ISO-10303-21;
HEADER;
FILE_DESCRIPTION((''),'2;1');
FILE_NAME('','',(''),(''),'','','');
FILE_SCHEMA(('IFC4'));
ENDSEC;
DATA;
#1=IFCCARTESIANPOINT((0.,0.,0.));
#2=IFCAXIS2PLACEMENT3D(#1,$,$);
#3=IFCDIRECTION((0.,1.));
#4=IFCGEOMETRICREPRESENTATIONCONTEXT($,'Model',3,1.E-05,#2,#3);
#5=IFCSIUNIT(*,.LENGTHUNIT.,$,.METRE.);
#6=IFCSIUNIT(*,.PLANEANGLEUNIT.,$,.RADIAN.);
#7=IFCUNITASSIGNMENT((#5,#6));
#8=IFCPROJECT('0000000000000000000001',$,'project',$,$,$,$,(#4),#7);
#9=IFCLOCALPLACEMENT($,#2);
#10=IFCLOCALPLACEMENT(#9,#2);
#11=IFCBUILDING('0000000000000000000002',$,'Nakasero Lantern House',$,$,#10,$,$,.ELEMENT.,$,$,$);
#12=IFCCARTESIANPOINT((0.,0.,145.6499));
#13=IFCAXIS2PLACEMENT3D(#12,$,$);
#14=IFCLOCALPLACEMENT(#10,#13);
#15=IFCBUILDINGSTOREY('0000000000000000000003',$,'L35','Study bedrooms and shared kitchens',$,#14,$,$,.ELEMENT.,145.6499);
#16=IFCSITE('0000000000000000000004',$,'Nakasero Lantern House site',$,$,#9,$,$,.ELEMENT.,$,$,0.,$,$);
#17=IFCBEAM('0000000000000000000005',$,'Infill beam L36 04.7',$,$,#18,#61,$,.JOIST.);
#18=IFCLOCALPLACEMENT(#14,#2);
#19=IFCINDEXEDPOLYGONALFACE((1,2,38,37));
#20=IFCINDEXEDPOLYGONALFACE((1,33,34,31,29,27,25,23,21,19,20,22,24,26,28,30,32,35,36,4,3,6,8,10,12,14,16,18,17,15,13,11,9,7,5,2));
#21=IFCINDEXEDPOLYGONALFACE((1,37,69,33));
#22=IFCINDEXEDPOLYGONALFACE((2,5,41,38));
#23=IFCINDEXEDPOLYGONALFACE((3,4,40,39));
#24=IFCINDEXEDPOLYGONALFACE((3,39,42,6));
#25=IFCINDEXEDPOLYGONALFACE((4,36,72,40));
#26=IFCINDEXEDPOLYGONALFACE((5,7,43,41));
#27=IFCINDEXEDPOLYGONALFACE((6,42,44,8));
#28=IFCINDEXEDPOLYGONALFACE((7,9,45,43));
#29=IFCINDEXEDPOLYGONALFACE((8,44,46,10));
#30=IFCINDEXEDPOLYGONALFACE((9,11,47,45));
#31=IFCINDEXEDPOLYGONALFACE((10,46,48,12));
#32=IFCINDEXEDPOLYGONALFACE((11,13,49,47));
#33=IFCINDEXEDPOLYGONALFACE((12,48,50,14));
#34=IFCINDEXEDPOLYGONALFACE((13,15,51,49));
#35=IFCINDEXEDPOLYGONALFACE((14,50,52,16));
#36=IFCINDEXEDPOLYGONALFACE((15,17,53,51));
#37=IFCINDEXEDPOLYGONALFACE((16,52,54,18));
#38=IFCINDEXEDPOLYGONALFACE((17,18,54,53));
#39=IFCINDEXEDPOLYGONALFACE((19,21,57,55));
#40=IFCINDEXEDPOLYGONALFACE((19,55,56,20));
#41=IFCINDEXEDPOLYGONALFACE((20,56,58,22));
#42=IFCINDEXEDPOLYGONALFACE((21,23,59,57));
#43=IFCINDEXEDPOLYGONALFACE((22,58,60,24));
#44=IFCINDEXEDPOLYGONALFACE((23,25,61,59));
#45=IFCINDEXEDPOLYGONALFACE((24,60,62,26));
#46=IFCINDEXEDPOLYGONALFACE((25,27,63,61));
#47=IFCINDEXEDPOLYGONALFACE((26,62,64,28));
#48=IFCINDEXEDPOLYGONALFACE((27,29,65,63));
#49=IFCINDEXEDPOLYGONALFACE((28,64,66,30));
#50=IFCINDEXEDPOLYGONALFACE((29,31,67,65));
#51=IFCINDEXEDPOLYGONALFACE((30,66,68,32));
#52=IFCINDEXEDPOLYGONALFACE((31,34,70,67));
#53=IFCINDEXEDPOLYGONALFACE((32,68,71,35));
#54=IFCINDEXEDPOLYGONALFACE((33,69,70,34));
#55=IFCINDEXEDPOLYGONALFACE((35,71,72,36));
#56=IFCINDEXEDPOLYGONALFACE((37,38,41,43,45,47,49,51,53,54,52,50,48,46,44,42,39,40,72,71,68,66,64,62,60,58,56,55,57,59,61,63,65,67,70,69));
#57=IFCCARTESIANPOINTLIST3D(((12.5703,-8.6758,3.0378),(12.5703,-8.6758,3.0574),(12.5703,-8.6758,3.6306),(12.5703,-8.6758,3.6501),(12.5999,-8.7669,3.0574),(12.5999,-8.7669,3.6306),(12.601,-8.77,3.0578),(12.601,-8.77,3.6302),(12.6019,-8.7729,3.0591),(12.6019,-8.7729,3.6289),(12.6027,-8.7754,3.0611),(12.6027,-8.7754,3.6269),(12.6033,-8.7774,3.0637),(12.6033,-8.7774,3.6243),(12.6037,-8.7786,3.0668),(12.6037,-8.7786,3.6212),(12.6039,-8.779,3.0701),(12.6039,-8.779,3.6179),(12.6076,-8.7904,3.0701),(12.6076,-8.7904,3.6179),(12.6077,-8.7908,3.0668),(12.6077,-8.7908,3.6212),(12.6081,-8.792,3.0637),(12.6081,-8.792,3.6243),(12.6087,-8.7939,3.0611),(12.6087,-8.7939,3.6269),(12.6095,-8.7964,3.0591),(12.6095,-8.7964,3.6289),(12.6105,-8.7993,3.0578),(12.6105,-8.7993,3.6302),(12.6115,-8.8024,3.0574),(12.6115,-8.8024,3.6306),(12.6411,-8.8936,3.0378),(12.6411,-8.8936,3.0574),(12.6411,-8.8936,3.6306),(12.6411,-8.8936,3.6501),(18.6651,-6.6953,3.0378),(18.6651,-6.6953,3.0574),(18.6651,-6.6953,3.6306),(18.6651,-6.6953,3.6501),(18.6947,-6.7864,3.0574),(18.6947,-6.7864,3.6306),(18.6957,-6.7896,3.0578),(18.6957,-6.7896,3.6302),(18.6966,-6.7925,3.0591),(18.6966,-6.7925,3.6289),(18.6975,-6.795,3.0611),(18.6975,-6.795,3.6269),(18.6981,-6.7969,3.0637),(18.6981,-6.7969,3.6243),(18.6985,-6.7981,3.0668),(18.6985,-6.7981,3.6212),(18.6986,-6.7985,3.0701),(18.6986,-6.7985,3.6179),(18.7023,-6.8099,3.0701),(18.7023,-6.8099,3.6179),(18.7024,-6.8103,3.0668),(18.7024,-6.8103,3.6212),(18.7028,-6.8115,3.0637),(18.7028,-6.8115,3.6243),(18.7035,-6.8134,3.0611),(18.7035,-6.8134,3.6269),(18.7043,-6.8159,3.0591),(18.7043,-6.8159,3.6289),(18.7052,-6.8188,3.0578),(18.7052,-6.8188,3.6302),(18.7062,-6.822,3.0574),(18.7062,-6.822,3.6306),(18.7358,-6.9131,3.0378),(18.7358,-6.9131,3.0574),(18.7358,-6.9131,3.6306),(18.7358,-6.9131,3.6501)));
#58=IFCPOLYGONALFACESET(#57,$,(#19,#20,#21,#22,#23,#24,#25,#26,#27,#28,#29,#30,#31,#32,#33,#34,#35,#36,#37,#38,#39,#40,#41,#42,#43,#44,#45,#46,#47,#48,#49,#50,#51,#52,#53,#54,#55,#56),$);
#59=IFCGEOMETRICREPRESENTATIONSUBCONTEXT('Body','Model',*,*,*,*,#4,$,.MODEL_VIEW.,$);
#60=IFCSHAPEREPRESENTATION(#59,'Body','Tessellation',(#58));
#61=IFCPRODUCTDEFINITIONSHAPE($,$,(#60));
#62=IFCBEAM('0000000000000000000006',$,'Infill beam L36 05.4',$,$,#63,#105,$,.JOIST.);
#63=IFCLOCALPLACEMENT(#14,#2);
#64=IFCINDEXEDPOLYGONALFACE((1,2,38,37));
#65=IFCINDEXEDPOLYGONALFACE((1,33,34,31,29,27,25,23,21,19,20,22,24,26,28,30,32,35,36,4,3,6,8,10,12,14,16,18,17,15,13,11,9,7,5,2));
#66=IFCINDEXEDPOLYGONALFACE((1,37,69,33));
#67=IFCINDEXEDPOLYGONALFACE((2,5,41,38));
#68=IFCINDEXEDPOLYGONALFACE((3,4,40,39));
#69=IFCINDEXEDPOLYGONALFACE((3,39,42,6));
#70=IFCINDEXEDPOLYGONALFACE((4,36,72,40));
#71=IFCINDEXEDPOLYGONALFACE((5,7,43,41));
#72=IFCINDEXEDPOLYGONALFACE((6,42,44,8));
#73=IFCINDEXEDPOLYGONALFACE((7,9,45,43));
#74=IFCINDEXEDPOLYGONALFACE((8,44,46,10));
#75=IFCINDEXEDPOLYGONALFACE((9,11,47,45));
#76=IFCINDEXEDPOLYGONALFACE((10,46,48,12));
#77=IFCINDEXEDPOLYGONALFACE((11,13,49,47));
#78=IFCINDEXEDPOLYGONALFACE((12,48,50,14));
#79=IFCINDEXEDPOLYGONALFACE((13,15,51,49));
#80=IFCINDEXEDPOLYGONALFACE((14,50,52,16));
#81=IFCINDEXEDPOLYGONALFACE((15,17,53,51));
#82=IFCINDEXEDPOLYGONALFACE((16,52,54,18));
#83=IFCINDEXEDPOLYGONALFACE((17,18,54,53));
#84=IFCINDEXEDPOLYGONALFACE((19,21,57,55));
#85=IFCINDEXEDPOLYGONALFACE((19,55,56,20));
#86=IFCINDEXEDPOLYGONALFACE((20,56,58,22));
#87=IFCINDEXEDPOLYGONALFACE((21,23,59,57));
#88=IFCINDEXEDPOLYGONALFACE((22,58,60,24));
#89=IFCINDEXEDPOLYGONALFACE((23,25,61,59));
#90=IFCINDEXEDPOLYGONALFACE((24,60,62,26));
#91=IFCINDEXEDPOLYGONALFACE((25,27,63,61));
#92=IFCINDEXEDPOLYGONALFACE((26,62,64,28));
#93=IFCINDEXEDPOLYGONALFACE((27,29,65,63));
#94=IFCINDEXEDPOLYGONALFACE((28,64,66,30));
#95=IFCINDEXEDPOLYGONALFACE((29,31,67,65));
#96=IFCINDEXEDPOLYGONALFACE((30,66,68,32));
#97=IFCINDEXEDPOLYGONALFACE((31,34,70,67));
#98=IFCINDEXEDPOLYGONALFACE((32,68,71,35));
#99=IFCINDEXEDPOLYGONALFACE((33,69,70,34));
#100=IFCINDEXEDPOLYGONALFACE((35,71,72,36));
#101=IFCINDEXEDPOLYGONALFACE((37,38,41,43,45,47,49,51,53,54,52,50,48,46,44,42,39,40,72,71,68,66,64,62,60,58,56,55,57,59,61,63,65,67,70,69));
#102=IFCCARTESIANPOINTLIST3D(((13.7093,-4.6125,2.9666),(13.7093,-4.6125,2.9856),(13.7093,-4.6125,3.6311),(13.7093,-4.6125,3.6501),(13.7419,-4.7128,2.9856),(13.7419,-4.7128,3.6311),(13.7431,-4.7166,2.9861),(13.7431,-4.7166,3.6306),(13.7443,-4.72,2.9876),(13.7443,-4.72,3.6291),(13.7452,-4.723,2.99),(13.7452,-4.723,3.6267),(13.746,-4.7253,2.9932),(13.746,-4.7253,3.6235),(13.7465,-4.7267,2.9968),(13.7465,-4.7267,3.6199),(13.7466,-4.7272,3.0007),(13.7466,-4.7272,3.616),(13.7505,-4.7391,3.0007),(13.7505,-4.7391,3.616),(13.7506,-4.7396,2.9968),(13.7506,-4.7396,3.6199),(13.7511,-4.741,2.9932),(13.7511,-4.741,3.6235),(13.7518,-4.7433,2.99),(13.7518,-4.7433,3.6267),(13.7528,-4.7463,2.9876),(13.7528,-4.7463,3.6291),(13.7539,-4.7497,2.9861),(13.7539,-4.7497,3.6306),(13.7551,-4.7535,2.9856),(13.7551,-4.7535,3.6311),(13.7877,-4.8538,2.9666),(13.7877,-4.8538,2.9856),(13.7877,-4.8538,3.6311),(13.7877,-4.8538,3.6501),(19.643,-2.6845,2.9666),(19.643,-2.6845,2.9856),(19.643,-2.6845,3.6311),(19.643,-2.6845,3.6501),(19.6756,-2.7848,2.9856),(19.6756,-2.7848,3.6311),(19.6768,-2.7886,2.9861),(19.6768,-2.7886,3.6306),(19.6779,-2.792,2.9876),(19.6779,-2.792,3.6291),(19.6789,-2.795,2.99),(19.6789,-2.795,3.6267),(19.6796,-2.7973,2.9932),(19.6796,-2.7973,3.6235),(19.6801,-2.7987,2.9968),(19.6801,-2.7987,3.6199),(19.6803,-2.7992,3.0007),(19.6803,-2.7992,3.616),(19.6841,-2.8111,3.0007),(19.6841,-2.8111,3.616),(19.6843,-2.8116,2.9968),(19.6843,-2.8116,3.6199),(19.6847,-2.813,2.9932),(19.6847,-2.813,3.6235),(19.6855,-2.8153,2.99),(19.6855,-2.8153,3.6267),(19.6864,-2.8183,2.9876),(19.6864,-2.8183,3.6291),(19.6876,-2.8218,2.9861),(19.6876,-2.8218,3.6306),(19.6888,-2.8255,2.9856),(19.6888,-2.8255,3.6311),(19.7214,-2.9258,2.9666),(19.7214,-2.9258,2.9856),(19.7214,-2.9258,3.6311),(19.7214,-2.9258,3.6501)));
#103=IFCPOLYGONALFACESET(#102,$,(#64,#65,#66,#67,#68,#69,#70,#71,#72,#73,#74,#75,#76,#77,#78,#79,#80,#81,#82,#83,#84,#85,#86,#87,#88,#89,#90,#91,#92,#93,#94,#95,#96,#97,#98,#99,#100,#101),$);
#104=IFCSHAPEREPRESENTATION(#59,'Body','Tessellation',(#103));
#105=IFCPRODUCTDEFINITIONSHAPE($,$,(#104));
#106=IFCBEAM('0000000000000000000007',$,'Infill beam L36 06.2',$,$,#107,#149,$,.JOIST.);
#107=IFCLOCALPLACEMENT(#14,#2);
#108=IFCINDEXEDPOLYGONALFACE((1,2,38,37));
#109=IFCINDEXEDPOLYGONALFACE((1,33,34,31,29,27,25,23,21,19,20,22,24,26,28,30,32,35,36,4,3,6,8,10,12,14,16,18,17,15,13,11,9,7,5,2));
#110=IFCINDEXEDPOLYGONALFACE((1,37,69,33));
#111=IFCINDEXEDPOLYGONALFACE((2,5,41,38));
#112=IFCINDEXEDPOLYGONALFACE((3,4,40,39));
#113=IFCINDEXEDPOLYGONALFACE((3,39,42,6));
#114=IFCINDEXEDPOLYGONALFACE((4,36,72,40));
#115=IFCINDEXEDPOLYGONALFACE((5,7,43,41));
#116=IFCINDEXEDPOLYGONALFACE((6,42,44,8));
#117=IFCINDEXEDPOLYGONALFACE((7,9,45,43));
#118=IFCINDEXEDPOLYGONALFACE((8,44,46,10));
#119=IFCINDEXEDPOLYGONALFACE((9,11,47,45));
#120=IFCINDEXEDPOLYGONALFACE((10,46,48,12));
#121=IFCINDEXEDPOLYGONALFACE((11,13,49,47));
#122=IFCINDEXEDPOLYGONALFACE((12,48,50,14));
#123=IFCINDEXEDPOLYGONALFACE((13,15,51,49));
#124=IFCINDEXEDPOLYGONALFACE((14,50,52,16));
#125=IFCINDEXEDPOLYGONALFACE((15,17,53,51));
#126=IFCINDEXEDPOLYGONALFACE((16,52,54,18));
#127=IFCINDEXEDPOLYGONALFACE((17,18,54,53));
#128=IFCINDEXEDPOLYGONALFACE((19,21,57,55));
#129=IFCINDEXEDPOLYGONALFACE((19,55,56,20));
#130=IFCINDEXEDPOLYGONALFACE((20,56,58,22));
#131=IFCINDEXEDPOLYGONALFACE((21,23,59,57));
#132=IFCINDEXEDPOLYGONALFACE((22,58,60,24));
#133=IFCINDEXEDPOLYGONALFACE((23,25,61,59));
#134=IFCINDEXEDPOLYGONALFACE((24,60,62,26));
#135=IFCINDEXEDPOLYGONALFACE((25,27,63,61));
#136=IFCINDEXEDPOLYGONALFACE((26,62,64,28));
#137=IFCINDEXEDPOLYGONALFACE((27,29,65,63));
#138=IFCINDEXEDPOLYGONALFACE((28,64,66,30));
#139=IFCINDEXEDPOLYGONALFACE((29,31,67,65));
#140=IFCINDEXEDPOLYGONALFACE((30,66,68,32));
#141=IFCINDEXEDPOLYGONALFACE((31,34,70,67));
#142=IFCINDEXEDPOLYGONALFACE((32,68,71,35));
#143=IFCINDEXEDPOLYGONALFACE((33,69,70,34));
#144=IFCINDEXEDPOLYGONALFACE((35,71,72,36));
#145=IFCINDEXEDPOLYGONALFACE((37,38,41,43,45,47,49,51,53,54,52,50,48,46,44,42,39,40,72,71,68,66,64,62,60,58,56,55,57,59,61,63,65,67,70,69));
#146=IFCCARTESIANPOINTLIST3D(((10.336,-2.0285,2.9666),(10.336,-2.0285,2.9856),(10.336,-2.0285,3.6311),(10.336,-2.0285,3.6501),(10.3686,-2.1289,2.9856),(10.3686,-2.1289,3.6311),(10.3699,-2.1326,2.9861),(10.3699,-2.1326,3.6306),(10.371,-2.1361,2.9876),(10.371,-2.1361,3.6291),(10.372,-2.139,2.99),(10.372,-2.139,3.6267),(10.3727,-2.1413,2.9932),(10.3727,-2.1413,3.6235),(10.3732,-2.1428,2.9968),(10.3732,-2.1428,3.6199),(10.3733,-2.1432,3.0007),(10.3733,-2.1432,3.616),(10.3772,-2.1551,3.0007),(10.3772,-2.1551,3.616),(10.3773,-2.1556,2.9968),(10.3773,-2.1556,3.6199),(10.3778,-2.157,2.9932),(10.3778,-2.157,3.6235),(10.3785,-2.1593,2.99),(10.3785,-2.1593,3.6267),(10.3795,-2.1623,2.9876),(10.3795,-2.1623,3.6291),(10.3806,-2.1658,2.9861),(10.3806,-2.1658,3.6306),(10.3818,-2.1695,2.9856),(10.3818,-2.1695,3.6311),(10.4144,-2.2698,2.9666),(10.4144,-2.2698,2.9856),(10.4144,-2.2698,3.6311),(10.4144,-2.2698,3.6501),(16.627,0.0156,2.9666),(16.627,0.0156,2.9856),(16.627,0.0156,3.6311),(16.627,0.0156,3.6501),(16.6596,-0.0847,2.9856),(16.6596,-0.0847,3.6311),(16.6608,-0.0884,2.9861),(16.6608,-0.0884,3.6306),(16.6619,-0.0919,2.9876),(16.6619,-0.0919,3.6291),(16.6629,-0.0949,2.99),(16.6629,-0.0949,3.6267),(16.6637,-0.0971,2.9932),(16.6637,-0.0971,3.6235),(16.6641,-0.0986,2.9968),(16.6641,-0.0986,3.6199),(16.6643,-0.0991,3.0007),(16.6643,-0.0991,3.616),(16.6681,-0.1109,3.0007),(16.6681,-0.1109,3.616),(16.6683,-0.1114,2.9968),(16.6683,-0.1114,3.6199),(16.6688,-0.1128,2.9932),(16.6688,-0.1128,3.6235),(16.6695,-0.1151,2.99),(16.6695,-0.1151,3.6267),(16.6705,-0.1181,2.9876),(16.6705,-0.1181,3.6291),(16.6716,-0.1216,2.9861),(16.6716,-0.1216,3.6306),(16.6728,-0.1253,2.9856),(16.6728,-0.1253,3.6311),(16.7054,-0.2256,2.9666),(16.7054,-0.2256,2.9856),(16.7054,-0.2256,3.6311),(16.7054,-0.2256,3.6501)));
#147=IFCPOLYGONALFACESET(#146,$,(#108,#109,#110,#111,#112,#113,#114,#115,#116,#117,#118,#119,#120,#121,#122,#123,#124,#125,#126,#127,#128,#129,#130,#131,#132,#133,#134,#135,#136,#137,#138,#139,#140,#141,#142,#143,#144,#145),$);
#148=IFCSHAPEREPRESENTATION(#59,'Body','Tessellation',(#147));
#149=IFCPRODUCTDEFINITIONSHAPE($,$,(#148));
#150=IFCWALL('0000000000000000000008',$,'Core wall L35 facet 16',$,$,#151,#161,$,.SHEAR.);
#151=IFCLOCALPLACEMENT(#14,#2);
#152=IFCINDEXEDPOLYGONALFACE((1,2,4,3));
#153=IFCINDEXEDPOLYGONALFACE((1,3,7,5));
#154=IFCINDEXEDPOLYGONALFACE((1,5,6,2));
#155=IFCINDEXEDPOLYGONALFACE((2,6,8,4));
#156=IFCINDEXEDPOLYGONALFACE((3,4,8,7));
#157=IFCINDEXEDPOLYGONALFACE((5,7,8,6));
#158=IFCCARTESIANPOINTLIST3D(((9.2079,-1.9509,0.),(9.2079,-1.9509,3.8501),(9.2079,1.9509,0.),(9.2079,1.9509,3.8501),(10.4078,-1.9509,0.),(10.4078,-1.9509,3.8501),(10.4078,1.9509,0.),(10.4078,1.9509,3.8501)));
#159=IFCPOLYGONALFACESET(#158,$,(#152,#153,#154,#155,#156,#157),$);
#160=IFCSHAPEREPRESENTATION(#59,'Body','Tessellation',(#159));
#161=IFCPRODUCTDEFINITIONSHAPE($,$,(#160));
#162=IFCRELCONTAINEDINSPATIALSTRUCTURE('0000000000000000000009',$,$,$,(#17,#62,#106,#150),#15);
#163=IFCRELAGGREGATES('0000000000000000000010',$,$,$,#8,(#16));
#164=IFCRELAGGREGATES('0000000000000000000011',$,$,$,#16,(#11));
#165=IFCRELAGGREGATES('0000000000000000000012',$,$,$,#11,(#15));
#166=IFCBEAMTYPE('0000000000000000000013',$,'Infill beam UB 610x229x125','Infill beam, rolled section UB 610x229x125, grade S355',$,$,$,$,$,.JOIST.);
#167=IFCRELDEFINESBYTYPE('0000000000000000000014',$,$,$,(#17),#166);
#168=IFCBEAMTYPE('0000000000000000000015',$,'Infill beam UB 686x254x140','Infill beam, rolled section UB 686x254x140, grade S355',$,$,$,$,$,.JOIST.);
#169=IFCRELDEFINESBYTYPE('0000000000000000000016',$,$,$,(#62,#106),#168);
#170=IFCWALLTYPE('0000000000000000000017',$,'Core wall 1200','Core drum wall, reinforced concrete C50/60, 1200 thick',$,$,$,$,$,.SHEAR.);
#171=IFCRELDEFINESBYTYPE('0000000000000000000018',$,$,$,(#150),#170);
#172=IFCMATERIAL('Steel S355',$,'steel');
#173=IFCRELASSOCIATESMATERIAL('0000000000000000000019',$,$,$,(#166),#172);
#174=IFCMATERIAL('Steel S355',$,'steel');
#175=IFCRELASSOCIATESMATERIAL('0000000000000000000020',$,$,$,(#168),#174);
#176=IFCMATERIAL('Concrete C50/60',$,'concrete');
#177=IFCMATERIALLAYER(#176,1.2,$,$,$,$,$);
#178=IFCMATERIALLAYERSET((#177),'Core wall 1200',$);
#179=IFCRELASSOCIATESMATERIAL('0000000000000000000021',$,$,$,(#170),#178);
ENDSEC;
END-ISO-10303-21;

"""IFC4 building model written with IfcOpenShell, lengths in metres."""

from ifc_helpers import new_model, si_unit, direction, frame, frame_2d, origin, origin_2d, place, context, subcontext, project, spatial, rectangle, i_section, extrude, material, layer, layer_set, material_profile, profile_set, type_object, element, save


model = new_model("IFC4")

# Units and contexts
model_context = context("Model", 3, precision=1e-05, world=origin(), true_north=direction((0.0, 1.0)))
body_context = subcontext(model_context, "Body", "Model", "MODEL_VIEW")
ifc_project = project(units=[si_unit("LENGTHUNIT", "METRE"), si_unit("PLANEANGLEUNIT", "RADIAN")], contexts=[model_context])

# Site, building, storey
site_placement = place(None, origin())
site = spatial("IfcSite", under=ifc_project, at=site_placement, Name="Nakasero Lantern House site", CompositionType="ELEMENT", RefElevation=0.0)
building_placement = place(site_placement, origin())
building = spatial("IfcBuilding", under=site, at=building_placement, Name="Nakasero Lantern House", CompositionType="ELEMENT")
storey_placement = place(building_placement, frame((0.0, 0.0, 145.6499)))
storey = spatial("IfcBuildingStorey", under=building, at=storey_placement, Name="L35", Description="Study bedrooms and shared kitchens", CompositionType="ELEMENT", Elevation=145.6499)

# Beams
ifc_material_1 = material(Name="Steel S355", Category="steel")
ifc_material_profile_1 = material_profile(ifc_material_1, i_section(OverallWidth=0.229, OverallDepth=0.6123, WebThickness=0.012, FlangeThickness=0.0195, FilletRadius=0.0127, at=origin_2d()), Name="UB 610x229x125")
ifc_profile_set_1 = profile_set([ifc_material_profile_1], Name="Steel S355")
beam_type_1 = type_object("IfcBeamType", Name="Infill beam UB 610x229x125", Description="Infill beam, rolled section UB 610x229x125, grade S355", PredefinedType="JOIST", material=ifc_profile_set_1)
beam_1_placement = place(storey_placement, frame((12.6057, -8.7847, 3.344), z_axis=(0.951049, 0.309041, 0.0), x_axis=(-0.309041, 0.951049, 0.0)))
element("IfcBeam", 1, at=beam_1_placement, inside=storey, type_object=beam_type_1, Name="Infill beam L36 04.7", PredefinedType="JOIST", context=body_context, shape_type="SweptSolid", body=[
    extrude(i_section(OverallWidth=0.229, OverallDepth=0.6123, WebThickness=0.012, FlangeThickness=0.0195, FilletRadius=0.0127, at=origin_2d()), origin(), (0.0, 0.0, 1.0), 6.4084),
])
ifc_material_2 = material(Name="Steel S355", Category="steel")
ifc_material_profile_2 = material_profile(ifc_material_2, i_section(OverallWidth=0.2537, OverallDepth=0.6836, WebThickness=0.0125, FlangeThickness=0.019, FilletRadius=0.0151, at=origin_2d()), Name="UB 686x254x140")
ifc_profile_set_2 = profile_set([ifc_material_profile_2], Name="Steel S355")
beam_type_2 = type_object("IfcBeamType", Name="Infill beam UB 686x254x140", Description="Infill beam, rolled section UB 686x254x140, grade S355", PredefinedType="JOIST", material=ifc_profile_set_2)
beam_2_placement = place(storey_placement, frame((13.7485, -4.7332, 3.3083), z_axis=(0.951055, 0.309022, 0.0), x_axis=(-0.309022, 0.951055, 0.0)))
element("IfcBeam", 2, at=beam_2_placement, inside=storey, type_object=beam_type_2, Name="Infill beam L36 05.4", PredefinedType="JOIST", context=body_context, shape_type="SweptSolid", body=[
    extrude(i_section(OverallWidth=0.2537, OverallDepth=0.6836, WebThickness=0.0125, FlangeThickness=0.019, FilletRadius=0.0151, at=origin_2d()), origin(), (0.0, 0.0, 1.0), 6.239),
])
beam_3_placement = place(storey_placement, frame((10.3752, -2.1492, 3.3083), z_axis=(0.951051, 0.309033, 0.0), x_axis=(-0.309033, 0.951051, 0.0)))
element("IfcBeam", 3, at=beam_3_placement, inside=storey, type_object=beam_type_2, Name="Infill beam L36 06.2", PredefinedType="JOIST", context=body_context, shape_type="SweptSolid", body=[
    extrude(i_section(OverallWidth=0.2537, OverallDepth=0.6836, WebThickness=0.0125, FlangeThickness=0.019, FilletRadius=0.0151, at=origin_2d()), origin(), (0.0, 0.0, 1.0), 6.6147),
])

# Wall
ifc_material_3 = material(Name="Concrete C50/60", Category="concrete")
ifc_layer_1 = layer(ifc_material_3, 1.2)
ifc_layer_set_1 = layer_set([ifc_layer_1], Name="Core wall 1200")
wall_type_1 = type_object("IfcWallType", Name="Core wall 1200", Description="Core drum wall, reinforced concrete C50/60, 1200 thick", PredefinedType="SHEAR", material=ifc_layer_set_1)
wall_1_placement = place(storey_placement, frame((9.8079, -1.9509, 0.0), z_axis=(0.0, 0.0, 1.0), x_axis=(0.0, 1.0, 0.0)))
element("IfcWall", 4, at=wall_1_placement, inside=storey, type_object=wall_type_1, Name="Core wall L35 facet 16", PredefinedType="SHEAR", context=body_context, shape_type="SweptSolid", body=[
    extrude(rectangle(XDim=3.9019, YDim=1.2, at=frame_2d((1.9509, 0.0))), origin(), (0.0, 0.0, 1.0), 3.8501),
])

save(model, "model.ifc")
